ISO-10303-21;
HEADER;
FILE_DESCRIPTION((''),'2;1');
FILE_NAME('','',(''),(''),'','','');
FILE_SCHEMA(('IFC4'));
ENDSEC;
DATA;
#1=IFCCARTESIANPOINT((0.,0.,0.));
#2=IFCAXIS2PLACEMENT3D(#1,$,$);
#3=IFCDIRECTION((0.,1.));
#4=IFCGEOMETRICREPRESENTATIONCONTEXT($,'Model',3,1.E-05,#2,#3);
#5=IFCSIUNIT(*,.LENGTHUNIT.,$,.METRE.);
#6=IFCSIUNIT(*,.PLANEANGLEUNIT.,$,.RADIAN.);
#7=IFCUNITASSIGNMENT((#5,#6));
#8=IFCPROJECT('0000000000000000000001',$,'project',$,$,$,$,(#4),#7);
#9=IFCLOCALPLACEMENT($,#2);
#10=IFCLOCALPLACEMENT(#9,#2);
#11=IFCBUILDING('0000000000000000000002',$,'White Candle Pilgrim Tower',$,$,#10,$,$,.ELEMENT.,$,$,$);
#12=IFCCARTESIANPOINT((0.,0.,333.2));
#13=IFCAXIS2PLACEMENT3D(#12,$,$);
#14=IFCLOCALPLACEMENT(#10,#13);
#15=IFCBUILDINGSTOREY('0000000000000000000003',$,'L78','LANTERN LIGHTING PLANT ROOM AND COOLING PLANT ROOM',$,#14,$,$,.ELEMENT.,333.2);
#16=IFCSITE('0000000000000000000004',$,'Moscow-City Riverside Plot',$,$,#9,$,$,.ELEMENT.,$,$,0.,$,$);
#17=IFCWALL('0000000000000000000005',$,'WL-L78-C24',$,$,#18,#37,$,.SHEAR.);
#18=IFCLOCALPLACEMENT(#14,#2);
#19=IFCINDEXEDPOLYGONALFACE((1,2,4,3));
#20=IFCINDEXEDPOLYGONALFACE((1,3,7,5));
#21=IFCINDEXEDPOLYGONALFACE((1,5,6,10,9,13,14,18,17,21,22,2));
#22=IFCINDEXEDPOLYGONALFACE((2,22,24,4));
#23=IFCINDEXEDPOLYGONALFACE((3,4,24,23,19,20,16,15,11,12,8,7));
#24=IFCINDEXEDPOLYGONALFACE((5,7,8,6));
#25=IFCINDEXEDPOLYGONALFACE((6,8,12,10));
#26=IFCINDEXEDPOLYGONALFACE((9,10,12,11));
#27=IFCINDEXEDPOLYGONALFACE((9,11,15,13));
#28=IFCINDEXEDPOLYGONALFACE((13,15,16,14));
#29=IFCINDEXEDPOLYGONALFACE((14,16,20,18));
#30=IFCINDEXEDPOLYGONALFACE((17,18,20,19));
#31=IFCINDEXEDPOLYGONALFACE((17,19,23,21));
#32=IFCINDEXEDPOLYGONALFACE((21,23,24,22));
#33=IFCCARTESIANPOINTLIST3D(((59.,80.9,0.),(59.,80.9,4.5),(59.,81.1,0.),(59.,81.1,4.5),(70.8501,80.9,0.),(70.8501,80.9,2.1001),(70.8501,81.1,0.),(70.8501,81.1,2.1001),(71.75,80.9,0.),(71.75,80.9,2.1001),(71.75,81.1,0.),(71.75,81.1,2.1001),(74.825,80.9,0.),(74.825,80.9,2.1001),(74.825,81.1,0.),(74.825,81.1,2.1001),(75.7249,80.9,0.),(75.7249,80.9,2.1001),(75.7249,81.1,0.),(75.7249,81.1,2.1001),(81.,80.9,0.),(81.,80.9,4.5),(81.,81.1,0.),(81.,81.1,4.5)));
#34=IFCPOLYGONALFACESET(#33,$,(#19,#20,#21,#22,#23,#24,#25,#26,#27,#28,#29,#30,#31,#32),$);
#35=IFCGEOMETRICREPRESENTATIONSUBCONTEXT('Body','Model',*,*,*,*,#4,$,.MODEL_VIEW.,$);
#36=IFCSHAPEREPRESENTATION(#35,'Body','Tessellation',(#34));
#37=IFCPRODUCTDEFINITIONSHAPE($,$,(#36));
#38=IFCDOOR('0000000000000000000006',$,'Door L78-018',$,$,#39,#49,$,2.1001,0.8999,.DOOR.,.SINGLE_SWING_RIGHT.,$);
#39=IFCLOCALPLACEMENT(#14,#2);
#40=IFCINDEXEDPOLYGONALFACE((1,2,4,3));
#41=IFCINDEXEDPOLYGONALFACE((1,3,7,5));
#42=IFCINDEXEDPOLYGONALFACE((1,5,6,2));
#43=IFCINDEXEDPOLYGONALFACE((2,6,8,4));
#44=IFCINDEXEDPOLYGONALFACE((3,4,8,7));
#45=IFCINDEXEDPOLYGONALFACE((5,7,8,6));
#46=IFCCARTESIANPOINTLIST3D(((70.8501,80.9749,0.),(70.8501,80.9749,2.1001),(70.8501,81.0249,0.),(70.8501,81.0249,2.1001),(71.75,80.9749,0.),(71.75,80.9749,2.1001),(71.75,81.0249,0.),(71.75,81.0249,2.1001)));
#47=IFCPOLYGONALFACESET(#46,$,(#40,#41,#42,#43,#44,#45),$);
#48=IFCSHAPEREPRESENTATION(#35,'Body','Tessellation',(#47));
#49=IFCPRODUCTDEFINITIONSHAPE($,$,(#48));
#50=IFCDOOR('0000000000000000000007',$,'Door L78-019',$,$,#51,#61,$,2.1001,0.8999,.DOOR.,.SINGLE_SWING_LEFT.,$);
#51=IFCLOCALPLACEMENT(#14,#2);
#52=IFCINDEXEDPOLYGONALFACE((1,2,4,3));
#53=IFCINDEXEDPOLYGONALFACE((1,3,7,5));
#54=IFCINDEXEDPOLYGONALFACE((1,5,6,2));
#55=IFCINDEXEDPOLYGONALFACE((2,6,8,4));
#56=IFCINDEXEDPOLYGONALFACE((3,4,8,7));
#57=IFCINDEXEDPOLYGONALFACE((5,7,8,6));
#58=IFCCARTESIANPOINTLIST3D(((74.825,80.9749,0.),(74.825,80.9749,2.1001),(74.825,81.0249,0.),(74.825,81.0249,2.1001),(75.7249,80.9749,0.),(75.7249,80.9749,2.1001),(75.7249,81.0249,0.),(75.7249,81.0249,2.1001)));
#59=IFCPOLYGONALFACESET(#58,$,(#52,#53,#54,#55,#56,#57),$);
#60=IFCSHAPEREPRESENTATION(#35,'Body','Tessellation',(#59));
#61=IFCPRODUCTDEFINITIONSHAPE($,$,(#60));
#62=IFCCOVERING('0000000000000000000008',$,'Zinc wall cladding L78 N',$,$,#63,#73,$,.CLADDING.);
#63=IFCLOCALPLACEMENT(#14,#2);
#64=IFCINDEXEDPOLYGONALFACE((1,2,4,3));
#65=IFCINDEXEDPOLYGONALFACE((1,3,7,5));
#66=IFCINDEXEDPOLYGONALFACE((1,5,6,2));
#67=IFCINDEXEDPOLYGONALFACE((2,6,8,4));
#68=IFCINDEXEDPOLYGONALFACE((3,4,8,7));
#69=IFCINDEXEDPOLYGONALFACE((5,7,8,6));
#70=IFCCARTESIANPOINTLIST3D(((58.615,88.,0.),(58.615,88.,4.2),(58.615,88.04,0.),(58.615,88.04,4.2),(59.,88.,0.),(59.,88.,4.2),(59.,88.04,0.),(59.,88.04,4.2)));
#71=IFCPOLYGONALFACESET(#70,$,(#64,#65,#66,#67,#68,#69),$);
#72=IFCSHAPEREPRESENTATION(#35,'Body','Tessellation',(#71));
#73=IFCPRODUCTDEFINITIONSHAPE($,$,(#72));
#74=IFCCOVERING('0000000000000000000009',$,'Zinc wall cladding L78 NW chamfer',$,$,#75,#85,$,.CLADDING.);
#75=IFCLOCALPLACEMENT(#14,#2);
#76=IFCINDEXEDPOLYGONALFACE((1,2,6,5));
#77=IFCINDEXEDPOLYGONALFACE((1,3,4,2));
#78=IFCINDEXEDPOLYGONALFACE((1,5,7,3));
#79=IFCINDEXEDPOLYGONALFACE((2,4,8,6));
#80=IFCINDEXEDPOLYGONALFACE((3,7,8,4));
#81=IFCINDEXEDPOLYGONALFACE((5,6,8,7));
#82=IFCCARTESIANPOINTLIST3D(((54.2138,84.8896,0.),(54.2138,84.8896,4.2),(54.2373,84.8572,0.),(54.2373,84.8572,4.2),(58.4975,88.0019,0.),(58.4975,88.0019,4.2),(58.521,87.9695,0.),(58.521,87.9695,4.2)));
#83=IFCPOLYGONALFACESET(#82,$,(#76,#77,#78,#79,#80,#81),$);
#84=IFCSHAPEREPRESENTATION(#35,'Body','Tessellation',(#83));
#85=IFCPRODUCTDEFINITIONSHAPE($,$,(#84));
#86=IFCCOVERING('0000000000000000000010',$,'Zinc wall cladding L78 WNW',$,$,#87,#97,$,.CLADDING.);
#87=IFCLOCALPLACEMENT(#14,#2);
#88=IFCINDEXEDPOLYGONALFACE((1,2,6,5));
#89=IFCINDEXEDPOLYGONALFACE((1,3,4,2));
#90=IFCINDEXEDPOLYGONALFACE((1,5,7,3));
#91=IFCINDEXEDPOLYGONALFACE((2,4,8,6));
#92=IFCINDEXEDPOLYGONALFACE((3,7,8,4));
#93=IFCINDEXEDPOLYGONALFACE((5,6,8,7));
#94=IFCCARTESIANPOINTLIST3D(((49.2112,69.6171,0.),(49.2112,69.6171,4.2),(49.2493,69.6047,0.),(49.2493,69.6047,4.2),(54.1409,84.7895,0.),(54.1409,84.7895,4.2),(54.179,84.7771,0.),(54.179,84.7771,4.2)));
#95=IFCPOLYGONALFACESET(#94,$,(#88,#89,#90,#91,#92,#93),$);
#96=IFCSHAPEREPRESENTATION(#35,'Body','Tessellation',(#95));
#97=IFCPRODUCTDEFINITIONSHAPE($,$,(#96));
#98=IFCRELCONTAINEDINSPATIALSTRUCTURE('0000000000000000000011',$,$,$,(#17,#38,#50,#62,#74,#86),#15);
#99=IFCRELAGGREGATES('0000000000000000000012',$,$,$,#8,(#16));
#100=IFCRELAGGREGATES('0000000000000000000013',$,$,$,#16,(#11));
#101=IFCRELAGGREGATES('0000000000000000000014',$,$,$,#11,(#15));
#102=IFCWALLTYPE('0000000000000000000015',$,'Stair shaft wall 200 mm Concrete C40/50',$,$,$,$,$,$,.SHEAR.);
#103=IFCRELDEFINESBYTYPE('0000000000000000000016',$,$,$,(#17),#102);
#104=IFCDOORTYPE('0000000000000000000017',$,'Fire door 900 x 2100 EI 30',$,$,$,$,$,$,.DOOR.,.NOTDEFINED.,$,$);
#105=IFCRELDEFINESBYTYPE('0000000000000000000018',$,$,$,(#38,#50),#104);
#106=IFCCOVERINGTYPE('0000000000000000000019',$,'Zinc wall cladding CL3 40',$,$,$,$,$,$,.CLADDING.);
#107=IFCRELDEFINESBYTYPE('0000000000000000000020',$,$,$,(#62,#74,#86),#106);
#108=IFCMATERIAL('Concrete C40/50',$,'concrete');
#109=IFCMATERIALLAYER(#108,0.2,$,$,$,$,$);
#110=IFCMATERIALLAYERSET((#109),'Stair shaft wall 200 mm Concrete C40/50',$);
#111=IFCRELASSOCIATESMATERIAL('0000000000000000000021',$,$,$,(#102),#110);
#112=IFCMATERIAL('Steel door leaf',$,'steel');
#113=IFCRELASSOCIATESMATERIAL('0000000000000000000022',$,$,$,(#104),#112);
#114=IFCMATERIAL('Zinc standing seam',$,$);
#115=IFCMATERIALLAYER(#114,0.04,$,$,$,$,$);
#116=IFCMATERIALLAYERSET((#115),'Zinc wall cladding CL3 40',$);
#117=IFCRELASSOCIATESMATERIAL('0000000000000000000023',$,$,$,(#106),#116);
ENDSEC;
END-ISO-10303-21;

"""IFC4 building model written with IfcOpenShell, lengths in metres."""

from ifc_helpers import new_model, si_unit, direction, frame, frame_2d, origin, place, context, subcontext, project, spatial, polyline, rectangle, outline, extrude, material, layer, layer_set, type_object, element, fill, save


model = new_model("IFC4")

# Units and contexts
model_context = context("Model", 3, precision=1e-05, world=origin(), true_north=direction((0.0, 1.0)))
body_context = subcontext(model_context, "Body", "Model", "MODEL_VIEW")
ifc_project = project(units=[si_unit("LENGTHUNIT", "METRE"), si_unit("PLANEANGLEUNIT", "RADIAN")], contexts=[model_context])

# Site, building, storey
site_placement = place(None, origin())
site = spatial("IfcSite", under=ifc_project, at=site_placement, Name="Moscow-City Riverside Plot", CompositionType="ELEMENT", RefElevation=0.0)
building_placement = place(site_placement, origin())
building = spatial("IfcBuilding", under=site, at=building_placement, Name="White Candle Pilgrim Tower", CompositionType="ELEMENT")
storey_placement = place(building_placement, frame((0.0, 0.0, 333.2)))
storey = spatial("IfcBuildingStorey", under=building, at=storey_placement, Name="L78", Description="LANTERN LIGHTING PLANT ROOM AND COOLING PLANT ROOM", CompositionType="ELEMENT", Elevation=333.2)

# Shared definitions
ifc_material_1 = material(Name="Concrete C40/50", Category="concrete")

# Shared definitions
ifc_material_2 = material(Name="Steel door leaf", Category="steel")

# Wall, openings, doors
ifc_layer_1 = layer(ifc_material_1, 0.2)
ifc_layer_set_1 = layer_set([ifc_layer_1], Name="Stair shaft wall 200 mm Concrete C40/50")
wall_type_1 = type_object("IfcWallType", Name="Stair shaft wall 200 mm Concrete C40/50", PredefinedType="SHEAR", material=ifc_layer_set_1)
wall_1_placement = place(storey_placement, frame((59.0, 81.0, 0.0), z_axis=(0.0, 0.0, 1.0), x_axis=(1.0, 0.0, 0.0)))
wall_1 = element("IfcWall", 1, at=wall_1_placement, inside=storey, type_object=wall_type_1, Name="WL-L78-C24", PredefinedType="SHEAR", context=body_context, shape_type="SweptSolid", body=[
    extrude(rectangle(XDim=22.0, YDim=0.2, at=frame_2d((11.0, 0.0))), origin(), (0.0, 0.0, 1.0), 4.5),
])
opening_1_placement = place(wall_1_placement, frame((11.8501, 0.0, 0.0)))
opening_1 = element("IfcOpeningElement", 2, at=opening_1_placement, cuts=wall_1, PredefinedType="OPENING", context=body_context, shape_type="SweptSolid", body=[
    extrude(rectangle(XDim=0.8999, YDim=2.1001, at=frame_2d((0.45, 1.05))), frame((0.0, 0.1099, 0.0), z_axis=(0.0, -1.0, 0.0), x_axis=(1.0, 0.0, 0.0)), (0.0, 0.0, 1.0), 0.22),
])
opening_2_placement = place(wall_1_placement, frame((15.825, 0.0, 0.0)))
opening_2 = element("IfcOpeningElement", 3, at=opening_2_placement, cuts=wall_1, PredefinedType="OPENING", context=body_context, shape_type="SweptSolid", body=[
    extrude(rectangle(XDim=0.8999, YDim=2.1001, at=frame_2d((0.45, 1.05))), frame((0.0, 0.1099, 0.0), z_axis=(0.0, -1.0, 0.0), x_axis=(1.0, 0.0, 0.0)), (0.0, 0.0, 1.0), 0.22),
])
door_type_1 = type_object("IfcDoorType", Name="Fire door 900 x 2100 EI 30", OperationType="NOTDEFINED", PredefinedType="DOOR", material=ifc_material_2)
door_1_placement = place(opening_1_placement, origin())
door_1 = element("IfcDoor", 4, at=door_1_placement, inside=storey, type_object=door_type_1, Name="Door L78-018", OperationType="SINGLE_SWING_RIGHT", OverallHeight=2.1001, OverallWidth=0.8999, PredefinedType="DOOR", context=body_context, shape_type="SweptSolid", body=[
    extrude(rectangle(XDim=0.8999, YDim=2.1001, at=frame_2d((0.45, 1.05))), frame((0.0, 0.0249, 0.0), z_axis=(0.0, -1.0, 0.0), x_axis=(1.0, 0.0, 0.0)), (0.0, 0.0, 1.0), 0.05),
])
fill(opening_1, door_1)
door_2_placement = place(opening_2_placement, origin())
door_2 = element("IfcDoor", 5, at=door_2_placement, inside=storey, type_object=door_type_1, Name="Door L78-019", OperationType="SINGLE_SWING_LEFT", OverallHeight=2.1001, OverallWidth=0.8999, PredefinedType="DOOR", context=body_context, shape_type="SweptSolid", body=[
    extrude(rectangle(XDim=0.8999, YDim=2.1001, at=frame_2d((0.45, 1.05))), frame((0.0, 0.0249, 0.0), z_axis=(0.0, -1.0, 0.0), x_axis=(1.0, 0.0, 0.0)), (0.0, 0.0, 1.0), 0.05),
])
fill(opening_2, door_2)

# Coverings
ifc_material_3 = material(Name="Zinc standing seam")
ifc_layer_2 = layer(ifc_material_3, 0.04)
ifc_layer_set_2 = layer_set([ifc_layer_2], Name="Zinc wall cladding CL3 40")
covering_type = type_object("IfcCoveringType", Name="Zinc wall cladding CL3 40", PredefinedType="CLADDING", material=ifc_layer_set_2)
covering_1_placement = place(storey_placement, frame((59.0, 88.0, 4.2), z_axis=(0.0, -1.0, 0.0), x_axis=(-1.0, 0.0, 0.0)))
element("IfcCovering", 6, at=covering_1_placement, inside=storey, type_object=covering_type, Name="Zinc wall cladding L78 N", PredefinedType="CLADDING", context=body_context, shape_type="SweptSolid", body=[
    extrude(outline(polyline([(0.0, 0.0), (0.385, 0.0), (0.385, 4.2), (0.0, 4.2), (0.0, 0.0)])), origin(), (0.0, 0.0, -1.0), 0.04),
])
covering_2_placement = place(storey_placement, frame((58.521, 87.9695, 4.2), z_axis=(0.587788, -0.809015, 0.0), x_axis=(-0.809015, -0.587788, 0.0)))
element("IfcCovering", 7, at=covering_2_placement, inside=storey, type_object=covering_type, Name="Zinc wall cladding L78 NW chamfer", PredefinedType="CLADDING", context=body_context, shape_type="SweptSolid", body=[
    extrude(outline(polyline([(0.0, 0.0), (5.2949, 0.0), (5.2949, 4.2), (0.0, 4.2), (0.0, 0.0)])), origin(), (0.0, 0.0, -1.0), 0.04),
])
covering_3_placement = place(storey_placement, frame((54.179, 84.7771, 4.2), z_axis=(0.951059, -0.309011, 0.0), x_axis=(-0.309011, -0.951059, 0.0)))
element("IfcCovering", 8, at=covering_3_placement, inside=storey, type_object=covering_type, Name="Zinc wall cladding L78 WNW", PredefinedType="CLADDING", context=body_context, shape_type="SweptSolid", body=[
    extrude(outline(polyline([(0.0, 0.0), (15.9531, 0.0), (15.9531, 4.2), (0.0, 4.2), (0.0, 0.0)])), origin(), (0.0, 0.0, -1.0), 0.04),
])

save(model, "model.ifc")
